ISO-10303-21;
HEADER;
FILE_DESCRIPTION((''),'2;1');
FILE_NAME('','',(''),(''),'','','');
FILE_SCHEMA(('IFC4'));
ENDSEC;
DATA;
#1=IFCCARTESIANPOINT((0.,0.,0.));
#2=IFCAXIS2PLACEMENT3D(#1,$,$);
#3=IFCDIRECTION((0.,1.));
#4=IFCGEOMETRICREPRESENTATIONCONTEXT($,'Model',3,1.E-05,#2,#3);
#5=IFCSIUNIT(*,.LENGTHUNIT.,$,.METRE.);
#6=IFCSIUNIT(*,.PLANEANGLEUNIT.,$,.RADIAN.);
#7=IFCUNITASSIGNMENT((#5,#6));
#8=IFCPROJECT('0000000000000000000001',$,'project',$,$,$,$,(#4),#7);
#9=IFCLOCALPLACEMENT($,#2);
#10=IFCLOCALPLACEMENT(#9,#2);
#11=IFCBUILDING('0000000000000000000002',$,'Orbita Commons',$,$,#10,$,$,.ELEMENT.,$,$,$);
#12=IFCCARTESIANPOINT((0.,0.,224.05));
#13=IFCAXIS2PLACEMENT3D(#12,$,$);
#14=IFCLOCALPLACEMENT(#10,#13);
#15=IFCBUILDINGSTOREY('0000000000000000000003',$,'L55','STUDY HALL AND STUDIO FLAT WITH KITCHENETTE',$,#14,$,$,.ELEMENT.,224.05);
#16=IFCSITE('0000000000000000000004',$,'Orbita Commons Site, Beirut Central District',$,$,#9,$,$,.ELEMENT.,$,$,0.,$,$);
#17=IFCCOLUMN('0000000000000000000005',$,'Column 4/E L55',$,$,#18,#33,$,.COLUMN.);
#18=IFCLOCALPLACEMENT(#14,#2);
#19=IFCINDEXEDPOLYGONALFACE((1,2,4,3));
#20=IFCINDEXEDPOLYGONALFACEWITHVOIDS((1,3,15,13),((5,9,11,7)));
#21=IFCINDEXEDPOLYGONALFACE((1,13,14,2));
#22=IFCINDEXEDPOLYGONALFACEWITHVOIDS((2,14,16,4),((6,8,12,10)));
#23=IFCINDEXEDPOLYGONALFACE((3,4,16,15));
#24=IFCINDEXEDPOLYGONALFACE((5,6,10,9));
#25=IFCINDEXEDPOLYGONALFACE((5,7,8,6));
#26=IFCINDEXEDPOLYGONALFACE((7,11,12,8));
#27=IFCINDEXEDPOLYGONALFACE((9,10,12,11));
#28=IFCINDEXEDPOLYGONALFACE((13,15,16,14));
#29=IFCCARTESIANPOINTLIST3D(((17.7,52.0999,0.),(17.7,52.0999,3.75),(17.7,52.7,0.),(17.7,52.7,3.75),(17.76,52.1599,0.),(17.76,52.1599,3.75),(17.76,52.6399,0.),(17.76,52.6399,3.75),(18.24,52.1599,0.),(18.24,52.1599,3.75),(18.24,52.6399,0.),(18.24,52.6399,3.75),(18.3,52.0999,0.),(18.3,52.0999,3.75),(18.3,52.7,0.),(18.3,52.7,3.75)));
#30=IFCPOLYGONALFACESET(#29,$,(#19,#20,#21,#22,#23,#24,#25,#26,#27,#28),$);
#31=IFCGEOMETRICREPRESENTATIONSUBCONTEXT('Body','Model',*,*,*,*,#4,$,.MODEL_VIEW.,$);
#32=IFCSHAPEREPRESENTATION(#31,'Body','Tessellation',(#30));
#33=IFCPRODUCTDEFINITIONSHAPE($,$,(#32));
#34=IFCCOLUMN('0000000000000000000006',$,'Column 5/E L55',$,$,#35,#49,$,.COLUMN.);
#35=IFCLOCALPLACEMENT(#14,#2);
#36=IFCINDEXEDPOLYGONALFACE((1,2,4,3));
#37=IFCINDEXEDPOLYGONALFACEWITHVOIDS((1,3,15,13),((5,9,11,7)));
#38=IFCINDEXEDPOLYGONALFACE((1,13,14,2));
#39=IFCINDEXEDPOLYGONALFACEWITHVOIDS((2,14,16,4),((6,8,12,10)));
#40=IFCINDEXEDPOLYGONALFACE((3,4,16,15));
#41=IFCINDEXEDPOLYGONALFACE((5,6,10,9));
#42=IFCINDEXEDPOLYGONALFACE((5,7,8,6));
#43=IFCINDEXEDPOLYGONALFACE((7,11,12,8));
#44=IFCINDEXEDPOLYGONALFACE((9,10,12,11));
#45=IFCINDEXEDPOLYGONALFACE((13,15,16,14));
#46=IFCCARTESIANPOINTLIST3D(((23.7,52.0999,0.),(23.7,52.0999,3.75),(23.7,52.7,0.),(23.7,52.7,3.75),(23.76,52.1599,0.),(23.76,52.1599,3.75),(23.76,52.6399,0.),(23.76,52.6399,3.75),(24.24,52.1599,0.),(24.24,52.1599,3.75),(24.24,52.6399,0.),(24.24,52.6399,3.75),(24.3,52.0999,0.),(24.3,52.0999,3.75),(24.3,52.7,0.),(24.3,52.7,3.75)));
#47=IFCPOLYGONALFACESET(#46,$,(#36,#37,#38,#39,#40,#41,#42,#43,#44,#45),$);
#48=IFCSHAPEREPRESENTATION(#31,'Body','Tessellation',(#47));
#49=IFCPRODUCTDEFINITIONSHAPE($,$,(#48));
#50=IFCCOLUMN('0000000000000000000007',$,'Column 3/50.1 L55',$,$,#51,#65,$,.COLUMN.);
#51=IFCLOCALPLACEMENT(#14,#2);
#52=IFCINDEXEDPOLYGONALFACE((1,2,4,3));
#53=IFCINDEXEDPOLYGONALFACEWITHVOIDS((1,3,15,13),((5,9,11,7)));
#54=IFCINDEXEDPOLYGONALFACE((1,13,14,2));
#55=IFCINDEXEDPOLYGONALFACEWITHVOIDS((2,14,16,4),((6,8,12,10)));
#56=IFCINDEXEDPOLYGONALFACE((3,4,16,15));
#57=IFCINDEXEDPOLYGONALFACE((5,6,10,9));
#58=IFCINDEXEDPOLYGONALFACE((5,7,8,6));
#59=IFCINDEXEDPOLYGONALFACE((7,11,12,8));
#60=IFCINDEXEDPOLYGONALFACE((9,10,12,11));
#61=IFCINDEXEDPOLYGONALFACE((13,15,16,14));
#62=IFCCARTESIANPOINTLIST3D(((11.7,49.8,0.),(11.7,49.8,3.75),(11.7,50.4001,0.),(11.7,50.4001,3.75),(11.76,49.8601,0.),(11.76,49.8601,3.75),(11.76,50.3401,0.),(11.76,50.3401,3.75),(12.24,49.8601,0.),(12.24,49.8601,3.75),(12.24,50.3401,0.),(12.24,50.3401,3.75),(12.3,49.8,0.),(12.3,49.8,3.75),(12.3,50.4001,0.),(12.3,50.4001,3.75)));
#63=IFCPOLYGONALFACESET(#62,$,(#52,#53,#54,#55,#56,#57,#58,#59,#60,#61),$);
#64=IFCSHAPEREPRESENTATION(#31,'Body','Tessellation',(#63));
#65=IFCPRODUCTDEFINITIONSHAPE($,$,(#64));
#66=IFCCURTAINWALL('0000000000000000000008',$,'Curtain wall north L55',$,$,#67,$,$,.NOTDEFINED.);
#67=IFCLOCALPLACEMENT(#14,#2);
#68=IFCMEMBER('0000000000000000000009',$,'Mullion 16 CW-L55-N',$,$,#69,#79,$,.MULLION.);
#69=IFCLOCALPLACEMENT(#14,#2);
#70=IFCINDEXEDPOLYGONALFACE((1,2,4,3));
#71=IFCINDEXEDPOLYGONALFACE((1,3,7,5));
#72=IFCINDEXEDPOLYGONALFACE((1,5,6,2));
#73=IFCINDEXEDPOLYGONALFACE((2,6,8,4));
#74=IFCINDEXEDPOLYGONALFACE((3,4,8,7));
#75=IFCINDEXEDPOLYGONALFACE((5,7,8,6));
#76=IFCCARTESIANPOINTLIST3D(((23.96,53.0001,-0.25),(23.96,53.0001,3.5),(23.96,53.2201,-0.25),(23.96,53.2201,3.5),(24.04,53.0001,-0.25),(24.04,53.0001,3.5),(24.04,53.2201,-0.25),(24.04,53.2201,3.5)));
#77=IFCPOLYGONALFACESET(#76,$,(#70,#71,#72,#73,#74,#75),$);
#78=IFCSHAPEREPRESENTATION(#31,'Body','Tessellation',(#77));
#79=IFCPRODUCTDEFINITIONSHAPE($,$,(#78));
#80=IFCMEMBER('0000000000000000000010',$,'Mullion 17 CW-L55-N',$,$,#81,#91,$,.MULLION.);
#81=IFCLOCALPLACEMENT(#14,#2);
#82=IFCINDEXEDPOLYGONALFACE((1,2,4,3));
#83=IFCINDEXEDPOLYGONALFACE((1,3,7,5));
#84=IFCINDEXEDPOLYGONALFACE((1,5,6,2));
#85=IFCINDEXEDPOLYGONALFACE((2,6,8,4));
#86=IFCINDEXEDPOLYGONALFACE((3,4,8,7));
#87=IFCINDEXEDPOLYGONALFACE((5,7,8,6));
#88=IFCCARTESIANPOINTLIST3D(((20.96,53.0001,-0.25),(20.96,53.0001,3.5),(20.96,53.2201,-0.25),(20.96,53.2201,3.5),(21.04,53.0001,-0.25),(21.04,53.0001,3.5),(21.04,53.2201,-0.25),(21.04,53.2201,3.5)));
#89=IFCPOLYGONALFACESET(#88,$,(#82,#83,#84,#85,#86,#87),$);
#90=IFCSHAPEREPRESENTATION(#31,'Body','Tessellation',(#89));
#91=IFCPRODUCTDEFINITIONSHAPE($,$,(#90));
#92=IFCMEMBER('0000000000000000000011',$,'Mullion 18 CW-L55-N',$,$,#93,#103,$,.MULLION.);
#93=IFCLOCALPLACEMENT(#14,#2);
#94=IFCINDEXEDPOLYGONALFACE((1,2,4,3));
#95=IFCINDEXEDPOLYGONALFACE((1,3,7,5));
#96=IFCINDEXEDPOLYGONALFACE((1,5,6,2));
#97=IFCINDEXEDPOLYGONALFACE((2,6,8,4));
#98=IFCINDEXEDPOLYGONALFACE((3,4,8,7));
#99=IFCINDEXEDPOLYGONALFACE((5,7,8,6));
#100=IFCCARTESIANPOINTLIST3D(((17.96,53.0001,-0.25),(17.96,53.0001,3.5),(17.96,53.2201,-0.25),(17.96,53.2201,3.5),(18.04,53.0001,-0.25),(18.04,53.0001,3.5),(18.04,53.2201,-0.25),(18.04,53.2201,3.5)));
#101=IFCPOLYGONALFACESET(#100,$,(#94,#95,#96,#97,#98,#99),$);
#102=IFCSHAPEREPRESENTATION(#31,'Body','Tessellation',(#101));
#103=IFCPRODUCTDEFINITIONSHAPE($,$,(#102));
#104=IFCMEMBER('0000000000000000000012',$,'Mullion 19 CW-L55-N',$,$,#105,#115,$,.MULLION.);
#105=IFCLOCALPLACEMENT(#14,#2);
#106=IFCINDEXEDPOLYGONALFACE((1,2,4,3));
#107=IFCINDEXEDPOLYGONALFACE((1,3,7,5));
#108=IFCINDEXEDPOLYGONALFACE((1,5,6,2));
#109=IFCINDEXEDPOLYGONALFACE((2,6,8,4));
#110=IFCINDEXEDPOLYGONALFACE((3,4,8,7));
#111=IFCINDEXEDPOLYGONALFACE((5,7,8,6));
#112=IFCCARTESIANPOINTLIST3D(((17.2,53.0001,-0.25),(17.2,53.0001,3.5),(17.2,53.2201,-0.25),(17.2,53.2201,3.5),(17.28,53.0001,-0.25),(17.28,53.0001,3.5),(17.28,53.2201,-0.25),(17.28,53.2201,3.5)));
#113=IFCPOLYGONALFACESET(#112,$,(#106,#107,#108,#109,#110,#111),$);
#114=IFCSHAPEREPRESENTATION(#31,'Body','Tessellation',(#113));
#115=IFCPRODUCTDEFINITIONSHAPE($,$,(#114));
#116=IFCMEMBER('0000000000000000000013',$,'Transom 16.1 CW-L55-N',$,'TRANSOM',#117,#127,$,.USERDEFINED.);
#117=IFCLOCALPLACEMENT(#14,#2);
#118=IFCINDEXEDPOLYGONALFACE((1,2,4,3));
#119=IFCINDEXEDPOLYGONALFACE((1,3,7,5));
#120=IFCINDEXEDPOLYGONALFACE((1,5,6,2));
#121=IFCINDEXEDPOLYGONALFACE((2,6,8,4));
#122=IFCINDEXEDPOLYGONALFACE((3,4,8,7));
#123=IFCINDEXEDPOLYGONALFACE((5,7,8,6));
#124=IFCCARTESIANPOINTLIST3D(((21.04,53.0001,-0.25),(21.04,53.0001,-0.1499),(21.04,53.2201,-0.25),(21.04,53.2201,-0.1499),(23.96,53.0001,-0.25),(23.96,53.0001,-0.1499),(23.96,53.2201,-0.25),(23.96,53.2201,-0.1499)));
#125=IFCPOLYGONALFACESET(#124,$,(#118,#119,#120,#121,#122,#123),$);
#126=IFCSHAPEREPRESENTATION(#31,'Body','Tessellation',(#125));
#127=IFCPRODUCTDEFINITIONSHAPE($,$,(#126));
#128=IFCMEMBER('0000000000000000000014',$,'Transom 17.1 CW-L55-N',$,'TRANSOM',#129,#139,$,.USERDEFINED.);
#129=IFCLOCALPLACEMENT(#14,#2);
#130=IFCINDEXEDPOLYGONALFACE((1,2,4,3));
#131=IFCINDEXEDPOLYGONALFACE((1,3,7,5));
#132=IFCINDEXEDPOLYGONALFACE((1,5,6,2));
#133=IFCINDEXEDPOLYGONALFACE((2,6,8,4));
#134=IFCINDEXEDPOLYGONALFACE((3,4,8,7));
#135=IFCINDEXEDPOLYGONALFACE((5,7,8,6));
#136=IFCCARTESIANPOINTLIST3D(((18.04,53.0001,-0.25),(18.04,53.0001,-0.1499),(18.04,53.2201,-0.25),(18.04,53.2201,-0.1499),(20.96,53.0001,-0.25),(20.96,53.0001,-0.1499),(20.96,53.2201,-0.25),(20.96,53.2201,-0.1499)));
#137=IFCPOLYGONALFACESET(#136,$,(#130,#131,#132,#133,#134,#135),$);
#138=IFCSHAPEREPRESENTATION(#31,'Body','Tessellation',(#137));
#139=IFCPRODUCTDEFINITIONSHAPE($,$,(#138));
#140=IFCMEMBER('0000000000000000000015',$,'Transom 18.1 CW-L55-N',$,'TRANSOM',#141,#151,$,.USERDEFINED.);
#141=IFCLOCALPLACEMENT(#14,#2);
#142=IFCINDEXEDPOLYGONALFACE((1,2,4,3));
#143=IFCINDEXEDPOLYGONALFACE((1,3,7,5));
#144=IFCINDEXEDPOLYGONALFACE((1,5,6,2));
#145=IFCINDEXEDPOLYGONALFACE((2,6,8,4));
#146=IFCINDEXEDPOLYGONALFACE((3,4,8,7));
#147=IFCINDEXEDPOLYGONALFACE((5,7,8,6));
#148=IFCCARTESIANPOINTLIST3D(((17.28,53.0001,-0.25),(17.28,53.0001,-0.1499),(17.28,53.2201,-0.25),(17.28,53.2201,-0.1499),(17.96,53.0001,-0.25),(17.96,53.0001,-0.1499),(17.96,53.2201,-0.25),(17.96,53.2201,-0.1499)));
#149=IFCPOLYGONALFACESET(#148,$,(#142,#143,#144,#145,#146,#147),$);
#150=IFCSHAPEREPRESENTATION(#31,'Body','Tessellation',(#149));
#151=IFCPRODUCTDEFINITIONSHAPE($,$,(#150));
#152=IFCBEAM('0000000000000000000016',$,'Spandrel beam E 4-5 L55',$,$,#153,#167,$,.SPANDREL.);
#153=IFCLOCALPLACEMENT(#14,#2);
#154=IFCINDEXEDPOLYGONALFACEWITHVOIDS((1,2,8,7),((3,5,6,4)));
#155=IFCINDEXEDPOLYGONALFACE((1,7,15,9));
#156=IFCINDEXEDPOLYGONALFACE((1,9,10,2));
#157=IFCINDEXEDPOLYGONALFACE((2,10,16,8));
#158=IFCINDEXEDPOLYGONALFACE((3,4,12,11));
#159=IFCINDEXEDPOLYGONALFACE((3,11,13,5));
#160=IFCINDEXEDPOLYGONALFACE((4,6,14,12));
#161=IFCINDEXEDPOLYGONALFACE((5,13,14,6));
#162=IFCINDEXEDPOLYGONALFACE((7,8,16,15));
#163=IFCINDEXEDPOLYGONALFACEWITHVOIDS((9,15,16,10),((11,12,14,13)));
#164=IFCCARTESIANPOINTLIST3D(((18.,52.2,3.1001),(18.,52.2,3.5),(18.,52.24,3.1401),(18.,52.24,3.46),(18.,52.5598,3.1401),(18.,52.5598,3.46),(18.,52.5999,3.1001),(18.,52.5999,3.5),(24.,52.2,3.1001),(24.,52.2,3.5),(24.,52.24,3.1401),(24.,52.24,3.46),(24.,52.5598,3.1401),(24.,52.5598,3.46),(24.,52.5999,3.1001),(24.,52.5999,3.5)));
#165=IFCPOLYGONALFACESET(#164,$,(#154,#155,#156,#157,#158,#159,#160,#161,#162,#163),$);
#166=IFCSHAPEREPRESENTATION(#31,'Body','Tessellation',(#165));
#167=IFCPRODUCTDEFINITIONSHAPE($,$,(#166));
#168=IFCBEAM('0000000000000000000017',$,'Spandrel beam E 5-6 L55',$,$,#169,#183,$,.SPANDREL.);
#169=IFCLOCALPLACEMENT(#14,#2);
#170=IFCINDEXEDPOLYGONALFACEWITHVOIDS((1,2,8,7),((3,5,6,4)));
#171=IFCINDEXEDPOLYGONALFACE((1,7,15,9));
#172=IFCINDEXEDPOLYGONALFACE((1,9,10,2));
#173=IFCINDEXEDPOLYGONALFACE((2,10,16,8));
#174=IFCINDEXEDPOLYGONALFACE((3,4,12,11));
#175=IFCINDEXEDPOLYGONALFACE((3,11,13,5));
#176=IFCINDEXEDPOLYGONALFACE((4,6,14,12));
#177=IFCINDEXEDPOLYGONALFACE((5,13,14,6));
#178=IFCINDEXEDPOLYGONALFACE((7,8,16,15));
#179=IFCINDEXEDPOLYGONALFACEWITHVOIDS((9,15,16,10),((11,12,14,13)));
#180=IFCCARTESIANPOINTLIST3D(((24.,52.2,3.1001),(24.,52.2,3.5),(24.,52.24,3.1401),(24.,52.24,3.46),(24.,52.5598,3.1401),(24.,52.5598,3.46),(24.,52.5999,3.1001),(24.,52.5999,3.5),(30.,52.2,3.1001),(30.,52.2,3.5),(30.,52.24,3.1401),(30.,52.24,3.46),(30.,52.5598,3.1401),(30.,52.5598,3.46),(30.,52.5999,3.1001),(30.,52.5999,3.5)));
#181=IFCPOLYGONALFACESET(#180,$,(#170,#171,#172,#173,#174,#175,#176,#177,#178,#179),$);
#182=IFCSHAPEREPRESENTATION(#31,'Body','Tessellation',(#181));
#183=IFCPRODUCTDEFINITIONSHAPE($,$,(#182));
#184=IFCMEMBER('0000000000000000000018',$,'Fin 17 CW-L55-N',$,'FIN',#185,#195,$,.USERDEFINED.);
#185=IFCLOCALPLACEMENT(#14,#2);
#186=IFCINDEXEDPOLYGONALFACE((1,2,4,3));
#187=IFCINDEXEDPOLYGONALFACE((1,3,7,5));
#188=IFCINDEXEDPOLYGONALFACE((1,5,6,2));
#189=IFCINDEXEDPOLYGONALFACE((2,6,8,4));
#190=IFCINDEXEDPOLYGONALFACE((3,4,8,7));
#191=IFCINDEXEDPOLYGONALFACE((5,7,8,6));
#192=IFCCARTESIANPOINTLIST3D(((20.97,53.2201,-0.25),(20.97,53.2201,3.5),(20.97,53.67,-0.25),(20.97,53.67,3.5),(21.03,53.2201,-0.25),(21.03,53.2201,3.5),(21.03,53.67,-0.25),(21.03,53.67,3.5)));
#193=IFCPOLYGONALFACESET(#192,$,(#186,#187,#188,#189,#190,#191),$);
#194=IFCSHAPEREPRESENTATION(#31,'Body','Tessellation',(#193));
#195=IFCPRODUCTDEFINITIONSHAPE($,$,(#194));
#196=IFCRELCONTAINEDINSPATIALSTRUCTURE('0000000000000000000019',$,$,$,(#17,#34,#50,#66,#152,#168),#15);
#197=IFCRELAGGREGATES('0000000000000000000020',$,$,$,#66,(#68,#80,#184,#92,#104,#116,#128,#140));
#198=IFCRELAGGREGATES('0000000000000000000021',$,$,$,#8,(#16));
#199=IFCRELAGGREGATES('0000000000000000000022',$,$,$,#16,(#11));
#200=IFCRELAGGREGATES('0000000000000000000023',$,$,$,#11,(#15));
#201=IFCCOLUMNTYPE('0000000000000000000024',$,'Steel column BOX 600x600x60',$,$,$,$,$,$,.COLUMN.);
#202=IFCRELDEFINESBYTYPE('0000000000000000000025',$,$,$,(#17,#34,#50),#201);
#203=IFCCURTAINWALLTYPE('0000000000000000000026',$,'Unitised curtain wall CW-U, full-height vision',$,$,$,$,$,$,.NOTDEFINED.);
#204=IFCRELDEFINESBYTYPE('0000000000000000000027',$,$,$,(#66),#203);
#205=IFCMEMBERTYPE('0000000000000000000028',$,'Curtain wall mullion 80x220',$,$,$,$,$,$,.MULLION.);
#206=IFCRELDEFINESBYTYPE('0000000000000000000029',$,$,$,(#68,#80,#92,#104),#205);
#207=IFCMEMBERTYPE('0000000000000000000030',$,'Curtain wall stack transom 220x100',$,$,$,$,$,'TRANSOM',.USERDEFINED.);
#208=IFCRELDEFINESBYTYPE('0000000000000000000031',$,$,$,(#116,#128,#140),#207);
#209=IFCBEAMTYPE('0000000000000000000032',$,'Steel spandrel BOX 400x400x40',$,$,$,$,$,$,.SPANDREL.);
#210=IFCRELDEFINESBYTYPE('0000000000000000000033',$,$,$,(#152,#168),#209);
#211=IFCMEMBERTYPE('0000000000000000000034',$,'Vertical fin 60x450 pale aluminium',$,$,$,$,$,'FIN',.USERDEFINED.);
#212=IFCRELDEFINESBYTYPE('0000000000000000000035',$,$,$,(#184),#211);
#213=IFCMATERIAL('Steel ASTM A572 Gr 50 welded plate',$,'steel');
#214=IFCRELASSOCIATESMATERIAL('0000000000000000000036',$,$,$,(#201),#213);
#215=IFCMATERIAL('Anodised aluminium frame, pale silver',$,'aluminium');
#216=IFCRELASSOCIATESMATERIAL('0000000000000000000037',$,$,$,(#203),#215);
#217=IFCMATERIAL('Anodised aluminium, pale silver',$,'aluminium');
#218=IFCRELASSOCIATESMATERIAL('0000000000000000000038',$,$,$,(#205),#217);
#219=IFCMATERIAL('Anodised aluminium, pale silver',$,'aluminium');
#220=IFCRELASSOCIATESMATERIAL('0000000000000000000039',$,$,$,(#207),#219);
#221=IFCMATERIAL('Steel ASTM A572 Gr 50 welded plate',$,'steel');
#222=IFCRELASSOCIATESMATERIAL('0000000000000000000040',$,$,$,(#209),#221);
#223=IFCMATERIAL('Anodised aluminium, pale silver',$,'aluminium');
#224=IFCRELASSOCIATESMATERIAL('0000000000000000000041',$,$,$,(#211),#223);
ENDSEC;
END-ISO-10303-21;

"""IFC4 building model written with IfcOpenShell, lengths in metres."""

from ifc_helpers import new_model, si_unit, direction, frame, origin, origin_2d, place, context, subcontext, project, spatial, rectangle, hollow_rectangle, extrude, material, material_profile, profile_set, type_object, element, aggregate, save


model = new_model("IFC4")

# Units and contexts
model_context = context("Model", 3, precision=1e-05, world=origin(), true_north=direction((0.0, 1.0)))
body_context = subcontext(model_context, "Body", "Model", "MODEL_VIEW")
ifc_project = project(units=[si_unit("LENGTHUNIT", "METRE"), si_unit("PLANEANGLEUNIT", "RADIAN")], contexts=[model_context])

# Site, building, storey
site_placement = place(None, origin())
site = spatial("IfcSite", under=ifc_project, at=site_placement, Name="Orbita Commons Site, Beirut Central District", CompositionType="ELEMENT", RefElevation=0.0)
building_placement = place(site_placement, origin())
building = spatial("IfcBuilding", under=site, at=building_placement, Name="Orbita Commons", CompositionType="ELEMENT")
storey_placement = place(building_placement, frame((0.0, 0.0, 224.05)))
storey = spatial("IfcBuildingStorey", under=building, at=storey_placement, Name="L55", Description="STUDY HALL AND STUDIO FLAT WITH KITCHENETTE", CompositionType="ELEMENT", Elevation=224.05)

# Columns
ifc_material_1 = material(Name="Steel ASTM A572 Gr 50 welded plate", Category="steel")
ifc_material_profile_1 = material_profile(ifc_material_1, hollow_rectangle(XDim=0.6001, YDim=0.6001, WallThickness=0.0601, at=origin_2d()), Name="BOX 600x600x60")
ifc_profile_set_1 = profile_set([ifc_material_profile_1], Name="Steel ASTM A572 Gr 50 welded plate")
column_type = type_object("IfcColumnType", Name="Steel column BOX 600x600x60", PredefinedType="COLUMN", material=ifc_profile_set_1)
for number, where, z_axis, x_axis, name in (
    (1, (18.0, 52.3999, 0.0), (0.0, 0.0, 1.0), (1.0, 0.0, 0.0), "Column 4/E L55"),
    (2, (24.0, 52.3999, 0.0), (0.0, 0.0, 1.0), (1.0, 0.0, 0.0), "Column 5/E L55"),
    (3, (12.0, 50.1001, 0.0), (0.0, 0.0, 1.0), (1.0, 0.0, 0.0), "Column 3/50.1 L55"),
):
    element("IfcColumn", number, at=place(storey_placement, frame(where, z_axis=z_axis, x_axis=x_axis)), inside=storey, type_object=column_type, Name=name, PredefinedType="COLUMN", context=body_context, shape_type="SweptSolid", body=[
        extrude(hollow_rectangle(XDim=0.6001, YDim=0.6001, WallThickness=0.0601, at=origin_2d()), origin(), (0.0, 0.0, 1.0), 3.75),
    ])

# Curtain wall, members
ifc_material_2 = material(Name="Anodised aluminium frame, pale silver", Category="aluminium")
curtain_wall_type = type_object("IfcCurtainWallType", Name="Unitised curtain wall CW-U, full-height vision", PredefinedType="NOTDEFINED", material=ifc_material_2)
curtain_wall_placement = place(storey_placement, origin())
curtain_wall = element("IfcCurtainWall", 4, at=curtain_wall_placement, inside=storey, type_object=curtain_wall_type, Name="Curtain wall north L55", PredefinedType="NOTDEFINED")
ifc_material_3 = material(Name="Anodised aluminium, pale silver", Category="aluminium")
ifc_material_profile_2 = material_profile(ifc_material_3, rectangle(XDim=0.0801, YDim=0.22, at=origin_2d()), Name="AL 80x220")
ifc_profile_set_2 = profile_set([ifc_material_profile_2], Name="Anodised aluminium, pale silver")
member_type_1 = type_object("IfcMemberType", Name="Curtain wall mullion 80x220", PredefinedType="MULLION", material=ifc_profile_set_2)
member_1_placement = place(storey_placement, frame((24.0, 53.1101, -0.25), z_axis=(0.0, 0.0, 1.0), x_axis=(-1.0, 0.0, 0.0)))
member_1 = element("IfcMember", 5, at=member_1_placement, type_object=member_type_1, Name="Mullion 16 CW-L55-N", PredefinedType="MULLION", context=body_context, shape_type="SweptSolid", body=[
    extrude(rectangle(XDim=0.0801, YDim=0.22, at=origin_2d()), origin(), (0.0, 0.0, 1.0), 3.75),
])
member_2_placement = place(storey_placement, frame((21.0, 53.1101, -0.25), z_axis=(0.0, 0.0, 1.0), x_axis=(-1.0, 0.0, 0.0)))
member_2 = element("IfcMember", 6, at=member_2_placement, type_object=member_type_1, Name="Mullion 17 CW-L55-N", PredefinedType="MULLION", context=body_context, shape_type="SweptSolid", body=[
    extrude(rectangle(XDim=0.0801, YDim=0.22, at=origin_2d()), origin(), (0.0, 0.0, 1.0), 3.75),
])
member_3_placement = place(storey_placement, frame((18.0, 53.1101, -0.25), z_axis=(0.0, 0.0, 1.0), x_axis=(-1.0, 0.0, 0.0)))
member_3 = element("IfcMember", 7, at=member_3_placement, type_object=member_type_1, Name="Mullion 18 CW-L55-N", PredefinedType="MULLION", context=body_context, shape_type="SweptSolid", body=[
    extrude(rectangle(XDim=0.0801, YDim=0.22, at=origin_2d()), origin(), (0.0, 0.0, 1.0), 3.75),
])
member_4_placement = place(storey_placement, frame((17.24, 53.1101, -0.25), z_axis=(0.0, 0.0, 1.0), x_axis=(-1.0, 0.0, 0.0)))
member_4 = element("IfcMember", 8, at=member_4_placement, type_object=member_type_1, Name="Mullion 19 CW-L55-N", PredefinedType="MULLION", context=body_context, shape_type="SweptSolid", body=[
    extrude(rectangle(XDim=0.0801, YDim=0.22, at=origin_2d()), origin(), (0.0, 0.0, 1.0), 3.75),
])
ifc_material_4 = material(Name="Anodised aluminium, pale silver", Category="aluminium")
ifc_material_profile_3 = material_profile(ifc_material_4, rectangle(XDim=0.22, YDim=0.1001, at=origin_2d()), Name="AL 220x100")
ifc_profile_set_3 = profile_set([ifc_material_profile_3], Name="Anodised aluminium, pale silver")
member_type_2 = type_object("IfcMemberType", Name="Curtain wall stack transom 220x100", ElementType="TRANSOM", PredefinedType="USERDEFINED", material=ifc_profile_set_3)
member_5_placement = place(storey_placement, frame((23.96, 53.1101, -0.2), z_axis=(-1.0, 0.0, 0.0), x_axis=(0.0, -1.0, 0.0)))
member_5 = element("IfcMember", 9, at=member_5_placement, type_object=member_type_2, Name="Transom 16.1 CW-L55-N", ObjectType="TRANSOM", PredefinedType="USERDEFINED", context=body_context, shape_type="SweptSolid", body=[
    extrude(rectangle(XDim=0.22, YDim=0.1001, at=origin_2d()), origin(), (0.0, 0.0, 1.0), 2.9199),
])
member_6_placement = place(storey_placement, frame((20.96, 53.1101, -0.2), z_axis=(-1.0, 0.0, 0.0), x_axis=(0.0, -1.0, 0.0)))
member_6 = element("IfcMember", 10, at=member_6_placement, type_object=member_type_2, Name="Transom 17.1 CW-L55-N", ObjectType="TRANSOM", PredefinedType="USERDEFINED", context=body_context, shape_type="SweptSolid", body=[
    extrude(rectangle(XDim=0.22, YDim=0.1001, at=origin_2d()), origin(), (0.0, 0.0, 1.0), 2.9199),
])
member_7_placement = place(storey_placement, frame((17.96, 53.1101, -0.2), z_axis=(-1.0, 0.0, 0.0), x_axis=(0.0, -1.0, 0.0)))
member_7 = element("IfcMember", 11, at=member_7_placement, type_object=member_type_2, Name="Transom 18.1 CW-L55-N", ObjectType="TRANSOM", PredefinedType="USERDEFINED", context=body_context, shape_type="SweptSolid", body=[
    extrude(rectangle(XDim=0.22, YDim=0.1001, at=origin_2d()), origin(), (0.0, 0.0, 1.0), 0.6799),
])

# Beams
ifc_material_5 = material(Name="Steel ASTM A572 Gr 50 welded plate", Category="steel")
ifc_material_profile_4 = material_profile(ifc_material_5, hollow_rectangle(XDim=0.3999, YDim=0.3999, WallThickness=0.04, at=origin_2d()), Name="BOX 400x400x40")
ifc_profile_set_4 = profile_set([ifc_material_profile_4], Name="Steel ASTM A572 Gr 50 welded plate")
beam_type = type_object("IfcBeamType", Name="Steel spandrel BOX 400x400x40", PredefinedType="SPANDREL", material=ifc_profile_set_4)
for number, where, z_axis, x_axis, name in (
    (12, (18.0, 52.3999, 3.3), (1.0, 0.0, 0.0), (0.0, 1.0, 0.0), "Spandrel beam E 4-5 L55"),
    (13, (24.0, 52.3999, 3.3), (1.0, 0.0, 0.0), (0.0, 1.0, 0.0), "Spandrel beam E 5-6 L55"),
):
    element("IfcBeam", number, at=place(storey_placement, frame(where, z_axis=z_axis, x_axis=x_axis)), inside=storey, type_object=beam_type, Name=name, PredefinedType="SPANDREL", context=body_context, shape_type="SweptSolid", body=[
        extrude(hollow_rectangle(XDim=0.3999, YDim=0.3999, WallThickness=0.04, at=origin_2d()), origin(), (0.0, 0.0, 1.0), 6.0),
    ])

# Member
ifc_material_6 = material(Name="Anodised aluminium, pale silver", Category="aluminium")
ifc_material_profile_5 = material_profile(ifc_material_6, rectangle(XDim=0.0601, YDim=0.45, at=origin_2d()), Name="FIN 60x450")
ifc_profile_set_5 = profile_set([ifc_material_profile_5], Name="Anodised aluminium, pale silver")
member_type_3 = type_object("IfcMemberType", Name="Vertical fin 60x450 pale aluminium", ElementType="FIN", PredefinedType="USERDEFINED", material=ifc_profile_set_5)
member_8_placement = place(storey_placement, frame((21.0, 53.4451, -0.25), z_axis=(0.0, 0.0, 1.0), x_axis=(-1.0, 0.0, 0.0)))
member_8 = element("IfcMember", 14, at=member_8_placement, type_object=member_type_3, Name="Fin 17 CW-L55-N", ObjectType="FIN", PredefinedType="USERDEFINED", context=body_context, shape_type="SweptSolid", body=[
    extrude(rectangle(XDim=0.0601, YDim=0.45, at=origin_2d()), origin(), (0.0, 0.0, 1.0), 3.75),
])

aggregate(curtain_wall, [member_1, member_2, member_8, member_3, member_4, member_5, member_6, member_7])

save(model, "model.ifc")
